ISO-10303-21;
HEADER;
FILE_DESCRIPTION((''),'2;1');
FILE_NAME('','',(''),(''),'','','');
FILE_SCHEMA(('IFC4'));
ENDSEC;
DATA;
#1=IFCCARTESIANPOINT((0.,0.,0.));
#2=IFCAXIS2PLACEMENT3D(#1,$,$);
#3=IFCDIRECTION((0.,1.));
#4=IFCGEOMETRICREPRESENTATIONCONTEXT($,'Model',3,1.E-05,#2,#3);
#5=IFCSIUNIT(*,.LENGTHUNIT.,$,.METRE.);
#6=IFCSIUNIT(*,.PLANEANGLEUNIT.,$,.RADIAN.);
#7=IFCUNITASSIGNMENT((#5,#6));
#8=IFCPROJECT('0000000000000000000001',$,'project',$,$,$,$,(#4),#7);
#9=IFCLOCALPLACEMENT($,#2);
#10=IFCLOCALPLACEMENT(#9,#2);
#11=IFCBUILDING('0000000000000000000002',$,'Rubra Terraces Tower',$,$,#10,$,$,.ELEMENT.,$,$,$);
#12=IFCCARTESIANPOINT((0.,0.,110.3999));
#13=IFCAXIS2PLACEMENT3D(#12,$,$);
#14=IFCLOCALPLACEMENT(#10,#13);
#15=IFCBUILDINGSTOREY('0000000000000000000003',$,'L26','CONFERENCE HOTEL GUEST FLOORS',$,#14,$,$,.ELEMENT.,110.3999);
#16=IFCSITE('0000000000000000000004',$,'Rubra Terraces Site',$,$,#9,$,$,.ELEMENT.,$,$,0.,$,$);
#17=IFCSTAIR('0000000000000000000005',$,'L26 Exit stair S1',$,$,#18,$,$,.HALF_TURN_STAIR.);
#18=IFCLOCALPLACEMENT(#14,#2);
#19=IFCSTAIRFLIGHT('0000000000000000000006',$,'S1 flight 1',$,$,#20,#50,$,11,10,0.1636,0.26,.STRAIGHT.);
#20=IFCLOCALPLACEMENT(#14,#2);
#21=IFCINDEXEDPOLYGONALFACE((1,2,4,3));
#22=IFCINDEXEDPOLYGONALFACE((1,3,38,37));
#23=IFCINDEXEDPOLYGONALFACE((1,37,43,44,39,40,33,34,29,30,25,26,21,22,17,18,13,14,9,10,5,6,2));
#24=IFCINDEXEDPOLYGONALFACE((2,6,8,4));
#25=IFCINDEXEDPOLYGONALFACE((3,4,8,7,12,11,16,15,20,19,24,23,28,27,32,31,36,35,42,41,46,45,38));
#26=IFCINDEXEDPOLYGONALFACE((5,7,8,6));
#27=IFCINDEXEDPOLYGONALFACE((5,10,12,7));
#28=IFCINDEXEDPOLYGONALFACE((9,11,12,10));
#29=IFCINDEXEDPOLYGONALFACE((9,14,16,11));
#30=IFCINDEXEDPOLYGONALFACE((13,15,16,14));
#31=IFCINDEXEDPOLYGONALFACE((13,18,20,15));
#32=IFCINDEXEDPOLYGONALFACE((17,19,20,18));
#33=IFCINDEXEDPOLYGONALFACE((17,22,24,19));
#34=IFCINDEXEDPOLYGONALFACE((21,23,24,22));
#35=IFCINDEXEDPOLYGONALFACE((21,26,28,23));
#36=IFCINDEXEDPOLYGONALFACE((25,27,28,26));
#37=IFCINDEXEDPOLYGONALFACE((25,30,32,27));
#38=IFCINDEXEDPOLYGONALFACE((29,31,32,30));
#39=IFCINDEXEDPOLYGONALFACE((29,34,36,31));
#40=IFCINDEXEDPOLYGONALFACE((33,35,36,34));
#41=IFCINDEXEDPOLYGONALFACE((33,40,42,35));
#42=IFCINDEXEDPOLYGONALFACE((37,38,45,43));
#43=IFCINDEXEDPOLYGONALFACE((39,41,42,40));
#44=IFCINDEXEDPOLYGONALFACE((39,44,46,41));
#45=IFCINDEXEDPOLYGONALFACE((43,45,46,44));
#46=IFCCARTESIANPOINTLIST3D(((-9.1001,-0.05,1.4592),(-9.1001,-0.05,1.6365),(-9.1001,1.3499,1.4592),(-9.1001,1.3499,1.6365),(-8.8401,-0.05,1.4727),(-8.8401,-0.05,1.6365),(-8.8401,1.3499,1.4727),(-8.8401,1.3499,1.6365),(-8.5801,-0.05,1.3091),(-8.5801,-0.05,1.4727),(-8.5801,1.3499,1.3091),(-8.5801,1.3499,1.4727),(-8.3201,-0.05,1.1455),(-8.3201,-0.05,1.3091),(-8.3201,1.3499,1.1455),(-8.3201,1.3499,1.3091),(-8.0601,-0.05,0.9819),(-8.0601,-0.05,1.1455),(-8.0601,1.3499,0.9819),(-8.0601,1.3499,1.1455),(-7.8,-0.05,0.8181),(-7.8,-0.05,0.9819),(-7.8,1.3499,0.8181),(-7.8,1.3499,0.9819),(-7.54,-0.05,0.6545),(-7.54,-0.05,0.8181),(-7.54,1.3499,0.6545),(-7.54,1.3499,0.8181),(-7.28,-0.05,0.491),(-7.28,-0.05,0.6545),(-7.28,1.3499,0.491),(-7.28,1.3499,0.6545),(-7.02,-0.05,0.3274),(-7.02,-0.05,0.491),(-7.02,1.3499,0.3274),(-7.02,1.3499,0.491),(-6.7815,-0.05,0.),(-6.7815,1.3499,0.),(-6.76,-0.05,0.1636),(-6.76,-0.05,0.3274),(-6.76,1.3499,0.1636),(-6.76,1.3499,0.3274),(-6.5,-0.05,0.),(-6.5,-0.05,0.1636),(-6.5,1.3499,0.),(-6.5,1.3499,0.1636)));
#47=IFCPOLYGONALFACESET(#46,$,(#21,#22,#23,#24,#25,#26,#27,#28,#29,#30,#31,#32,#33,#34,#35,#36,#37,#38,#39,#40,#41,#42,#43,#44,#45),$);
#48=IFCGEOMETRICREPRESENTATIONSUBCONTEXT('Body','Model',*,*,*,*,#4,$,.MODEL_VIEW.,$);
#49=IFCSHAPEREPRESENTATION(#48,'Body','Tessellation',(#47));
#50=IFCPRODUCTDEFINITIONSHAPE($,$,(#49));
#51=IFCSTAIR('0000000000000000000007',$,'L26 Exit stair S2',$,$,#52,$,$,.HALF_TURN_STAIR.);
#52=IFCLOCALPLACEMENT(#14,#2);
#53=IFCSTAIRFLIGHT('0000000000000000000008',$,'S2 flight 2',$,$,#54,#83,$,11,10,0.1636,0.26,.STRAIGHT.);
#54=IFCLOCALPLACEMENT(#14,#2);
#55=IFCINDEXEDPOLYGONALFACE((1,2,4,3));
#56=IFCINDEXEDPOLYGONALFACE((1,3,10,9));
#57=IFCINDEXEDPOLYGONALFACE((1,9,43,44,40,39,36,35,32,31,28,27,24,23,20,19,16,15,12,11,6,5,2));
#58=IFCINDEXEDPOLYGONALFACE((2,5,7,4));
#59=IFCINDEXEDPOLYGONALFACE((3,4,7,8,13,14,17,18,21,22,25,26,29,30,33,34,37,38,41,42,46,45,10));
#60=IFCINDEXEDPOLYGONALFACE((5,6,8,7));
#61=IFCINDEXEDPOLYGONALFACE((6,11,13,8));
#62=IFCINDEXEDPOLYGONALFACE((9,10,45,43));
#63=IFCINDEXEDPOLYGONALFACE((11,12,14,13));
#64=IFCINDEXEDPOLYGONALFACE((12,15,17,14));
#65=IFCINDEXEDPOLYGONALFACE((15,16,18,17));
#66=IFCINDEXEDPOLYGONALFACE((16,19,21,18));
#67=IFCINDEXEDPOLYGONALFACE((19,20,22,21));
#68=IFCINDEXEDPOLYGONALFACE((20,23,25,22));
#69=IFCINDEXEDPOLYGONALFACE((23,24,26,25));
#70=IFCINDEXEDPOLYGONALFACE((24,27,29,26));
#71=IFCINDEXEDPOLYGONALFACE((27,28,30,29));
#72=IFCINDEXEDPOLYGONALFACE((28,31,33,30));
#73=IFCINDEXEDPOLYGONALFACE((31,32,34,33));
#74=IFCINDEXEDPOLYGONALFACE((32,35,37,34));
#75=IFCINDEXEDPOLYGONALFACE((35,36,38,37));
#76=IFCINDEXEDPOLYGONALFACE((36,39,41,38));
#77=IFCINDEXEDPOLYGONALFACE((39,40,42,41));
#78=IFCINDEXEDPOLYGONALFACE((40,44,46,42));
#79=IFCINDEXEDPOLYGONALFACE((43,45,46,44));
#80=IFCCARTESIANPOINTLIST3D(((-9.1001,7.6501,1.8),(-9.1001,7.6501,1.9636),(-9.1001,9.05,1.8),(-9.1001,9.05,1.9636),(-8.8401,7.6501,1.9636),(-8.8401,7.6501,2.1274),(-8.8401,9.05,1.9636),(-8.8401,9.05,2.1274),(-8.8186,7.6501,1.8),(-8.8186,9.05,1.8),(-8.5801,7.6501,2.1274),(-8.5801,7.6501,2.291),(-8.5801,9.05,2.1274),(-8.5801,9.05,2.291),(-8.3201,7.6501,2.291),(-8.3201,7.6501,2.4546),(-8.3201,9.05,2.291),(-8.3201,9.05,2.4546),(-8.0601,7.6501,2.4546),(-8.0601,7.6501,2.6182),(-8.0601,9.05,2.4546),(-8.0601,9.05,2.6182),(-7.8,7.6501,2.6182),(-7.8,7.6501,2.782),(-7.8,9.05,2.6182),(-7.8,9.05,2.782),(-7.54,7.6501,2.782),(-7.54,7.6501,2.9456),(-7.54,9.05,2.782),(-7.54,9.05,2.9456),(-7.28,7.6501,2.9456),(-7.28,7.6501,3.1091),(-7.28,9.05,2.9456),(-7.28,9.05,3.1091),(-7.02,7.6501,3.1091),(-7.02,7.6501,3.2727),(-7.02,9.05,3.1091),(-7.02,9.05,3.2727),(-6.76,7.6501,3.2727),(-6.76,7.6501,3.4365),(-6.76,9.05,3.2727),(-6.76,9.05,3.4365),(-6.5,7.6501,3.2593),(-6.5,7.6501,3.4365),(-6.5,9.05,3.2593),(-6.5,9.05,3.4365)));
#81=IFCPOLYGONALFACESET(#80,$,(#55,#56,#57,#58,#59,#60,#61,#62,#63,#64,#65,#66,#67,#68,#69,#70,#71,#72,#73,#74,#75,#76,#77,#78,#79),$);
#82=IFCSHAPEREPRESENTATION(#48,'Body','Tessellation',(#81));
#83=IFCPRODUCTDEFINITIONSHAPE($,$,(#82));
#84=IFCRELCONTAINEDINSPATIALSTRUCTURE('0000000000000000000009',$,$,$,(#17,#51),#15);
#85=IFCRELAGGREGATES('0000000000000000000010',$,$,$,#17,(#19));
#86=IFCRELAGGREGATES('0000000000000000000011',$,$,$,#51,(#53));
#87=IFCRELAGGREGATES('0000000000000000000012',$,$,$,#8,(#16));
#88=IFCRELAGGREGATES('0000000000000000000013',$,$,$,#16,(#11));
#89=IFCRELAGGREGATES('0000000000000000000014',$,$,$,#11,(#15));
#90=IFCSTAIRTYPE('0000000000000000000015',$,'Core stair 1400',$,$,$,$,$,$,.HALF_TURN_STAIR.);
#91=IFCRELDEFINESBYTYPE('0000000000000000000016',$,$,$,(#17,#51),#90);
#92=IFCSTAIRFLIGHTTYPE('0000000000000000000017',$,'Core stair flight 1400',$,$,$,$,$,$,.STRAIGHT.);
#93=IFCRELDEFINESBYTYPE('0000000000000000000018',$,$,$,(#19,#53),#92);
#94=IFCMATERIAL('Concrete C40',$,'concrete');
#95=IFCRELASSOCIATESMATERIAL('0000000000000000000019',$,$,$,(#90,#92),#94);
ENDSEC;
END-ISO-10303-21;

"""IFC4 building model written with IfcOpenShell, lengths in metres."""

from ifc_helpers import new_model, si_unit, direction, frame, origin, place, context, subcontext, project, spatial, polyline, outline, extrude, material, type_object, element, aggregate, save


model = new_model("IFC4")

# Units and contexts
model_context = context("Model", 3, precision=1e-05, world=origin(), true_north=direction((0.0, 1.0)))
body_context = subcontext(model_context, "Body", "Model", "MODEL_VIEW")
ifc_project = project(units=[si_unit("LENGTHUNIT", "METRE"), si_unit("PLANEANGLEUNIT", "RADIAN")], contexts=[model_context])

# Site, building, storey
site_placement = place(None, origin())
site = spatial("IfcSite", under=ifc_project, at=site_placement, Name="Rubra Terraces Site", CompositionType="ELEMENT", RefElevation=0.0)
building_placement = place(site_placement, origin())
building = spatial("IfcBuilding", under=site, at=building_placement, Name="Rubra Terraces Tower", CompositionType="ELEMENT")
storey_placement = place(building_placement, frame((0.0, 0.0, 110.3999)))
storey = spatial("IfcBuildingStorey", under=building, at=storey_placement, Name="L26", Description="CONFERENCE HOTEL GUEST FLOORS", CompositionType="ELEMENT", Elevation=110.3999)

# Shared definitions
ifc_material_1 = material(Name="Concrete C40", Category="concrete")

# Stairs, stair flights
stair_type = type_object("IfcStairType", Name="Core stair 1400", PredefinedType="HALF_TURN_STAIR", material=ifc_material_1)
stair_1_placement = place(storey_placement, origin())
stair_1 = element("IfcStair", 1, at=stair_1_placement, inside=storey, type_object=stair_type, Name="L26 Exit stair S1", PredefinedType="HALF_TURN_STAIR")
stair_flight_type = type_object("IfcStairFlightType", Name="Core stair flight 1400", PredefinedType="STRAIGHT", material=ifc_material_1)
stair_flight_1_placement = place(storey_placement, frame((-6.5, 0.6499, 0.0), z_axis=(0.0, 0.0, 1.0), x_axis=(-1.0, 0.0, 0.0)))
stair_flight_1 = element("IfcStairFlight", 2, at=stair_flight_1_placement, type_object=stair_flight_type, Name="S1 flight 1", NumberOfRisers=11, NumberOfTreads=10, PredefinedType="STRAIGHT", RiserHeight=0.1636, TreadLength=0.26, context=body_context, shape_type="SweptSolid", body=[
    extrude(outline(polyline([(0.0, 0.0), (0.0, 0.1636), (0.26, 0.1636), (0.26, 0.3274), (0.52, 0.3274), (0.52, 0.491), (0.78, 0.491), (0.78, 0.6545), (1.04, 0.6545), (1.04, 0.8181), (1.3, 0.8181), (1.3, 0.9819), (1.5601, 0.9819), (1.5601, 1.1455), (1.8201, 1.1455), (1.8201, 1.3091), (2.0801, 1.3091), (2.0801, 1.4727), (2.3401, 1.4727), (2.3401, 1.6365), (2.6001, 1.6365), (2.6001, 1.8), (2.6001, 1.4592), (0.2815, 0.0), (0.0, 0.0)])), frame((0.0, 0.7, 0.0), z_axis=(0.0, -1.0, 0.0), x_axis=(1.0, 0.0, 0.0)), (0.0, 0.0, 1.0), 1.3999),
])
aggregate(stair_1, [stair_flight_1])
stair_2_placement = place(storey_placement, origin())
stair_2 = element("IfcStair", 3, at=stair_2_placement, inside=storey, type_object=stair_type, Name="L26 Exit stair S2", PredefinedType="HALF_TURN_STAIR")
stair_flight_2_placement = place(storey_placement, frame((-9.1001, 8.3501, 1.8), z_axis=(0.0, 0.0, 1.0), x_axis=(1.0, 0.0, 0.0)))
stair_flight_2 = element("IfcStairFlight", 4, at=stair_flight_2_placement, type_object=stair_flight_type, Name="S2 flight 2", NumberOfRisers=11, NumberOfTreads=10, PredefinedType="STRAIGHT", RiserHeight=0.1636, TreadLength=0.26, context=body_context, shape_type="SweptSolid", body=[
    extrude(outline(polyline([(0.0, 0.0), (0.0, 0.1636), (0.26, 0.1636), (0.26, 0.3274), (0.52, 0.3274), (0.52, 0.491), (0.78, 0.491), (0.78, 0.6545), (1.04, 0.6545), (1.04, 0.8181), (1.3, 0.8181), (1.3, 0.9819), (1.5601, 0.9819), (1.5601, 1.1455), (1.8201, 1.1455), (1.8201, 1.3091), (2.0801, 1.3091), (2.0801, 1.4727), (2.3401, 1.4727), (2.3401, 1.6365), (2.6001, 1.6365), (2.6001, 1.8), (2.6001, 1.4592), (0.2815, 0.0), (0.0, 0.0)])), frame((0.0, 0.7, 0.0), z_axis=(0.0, -1.0, 0.0), x_axis=(1.0, 0.0, 0.0)), (0.0, 0.0, 1.0), 1.3999),
])
aggregate(stair_2, [stair_flight_2])

save(model, "model.ifc")
